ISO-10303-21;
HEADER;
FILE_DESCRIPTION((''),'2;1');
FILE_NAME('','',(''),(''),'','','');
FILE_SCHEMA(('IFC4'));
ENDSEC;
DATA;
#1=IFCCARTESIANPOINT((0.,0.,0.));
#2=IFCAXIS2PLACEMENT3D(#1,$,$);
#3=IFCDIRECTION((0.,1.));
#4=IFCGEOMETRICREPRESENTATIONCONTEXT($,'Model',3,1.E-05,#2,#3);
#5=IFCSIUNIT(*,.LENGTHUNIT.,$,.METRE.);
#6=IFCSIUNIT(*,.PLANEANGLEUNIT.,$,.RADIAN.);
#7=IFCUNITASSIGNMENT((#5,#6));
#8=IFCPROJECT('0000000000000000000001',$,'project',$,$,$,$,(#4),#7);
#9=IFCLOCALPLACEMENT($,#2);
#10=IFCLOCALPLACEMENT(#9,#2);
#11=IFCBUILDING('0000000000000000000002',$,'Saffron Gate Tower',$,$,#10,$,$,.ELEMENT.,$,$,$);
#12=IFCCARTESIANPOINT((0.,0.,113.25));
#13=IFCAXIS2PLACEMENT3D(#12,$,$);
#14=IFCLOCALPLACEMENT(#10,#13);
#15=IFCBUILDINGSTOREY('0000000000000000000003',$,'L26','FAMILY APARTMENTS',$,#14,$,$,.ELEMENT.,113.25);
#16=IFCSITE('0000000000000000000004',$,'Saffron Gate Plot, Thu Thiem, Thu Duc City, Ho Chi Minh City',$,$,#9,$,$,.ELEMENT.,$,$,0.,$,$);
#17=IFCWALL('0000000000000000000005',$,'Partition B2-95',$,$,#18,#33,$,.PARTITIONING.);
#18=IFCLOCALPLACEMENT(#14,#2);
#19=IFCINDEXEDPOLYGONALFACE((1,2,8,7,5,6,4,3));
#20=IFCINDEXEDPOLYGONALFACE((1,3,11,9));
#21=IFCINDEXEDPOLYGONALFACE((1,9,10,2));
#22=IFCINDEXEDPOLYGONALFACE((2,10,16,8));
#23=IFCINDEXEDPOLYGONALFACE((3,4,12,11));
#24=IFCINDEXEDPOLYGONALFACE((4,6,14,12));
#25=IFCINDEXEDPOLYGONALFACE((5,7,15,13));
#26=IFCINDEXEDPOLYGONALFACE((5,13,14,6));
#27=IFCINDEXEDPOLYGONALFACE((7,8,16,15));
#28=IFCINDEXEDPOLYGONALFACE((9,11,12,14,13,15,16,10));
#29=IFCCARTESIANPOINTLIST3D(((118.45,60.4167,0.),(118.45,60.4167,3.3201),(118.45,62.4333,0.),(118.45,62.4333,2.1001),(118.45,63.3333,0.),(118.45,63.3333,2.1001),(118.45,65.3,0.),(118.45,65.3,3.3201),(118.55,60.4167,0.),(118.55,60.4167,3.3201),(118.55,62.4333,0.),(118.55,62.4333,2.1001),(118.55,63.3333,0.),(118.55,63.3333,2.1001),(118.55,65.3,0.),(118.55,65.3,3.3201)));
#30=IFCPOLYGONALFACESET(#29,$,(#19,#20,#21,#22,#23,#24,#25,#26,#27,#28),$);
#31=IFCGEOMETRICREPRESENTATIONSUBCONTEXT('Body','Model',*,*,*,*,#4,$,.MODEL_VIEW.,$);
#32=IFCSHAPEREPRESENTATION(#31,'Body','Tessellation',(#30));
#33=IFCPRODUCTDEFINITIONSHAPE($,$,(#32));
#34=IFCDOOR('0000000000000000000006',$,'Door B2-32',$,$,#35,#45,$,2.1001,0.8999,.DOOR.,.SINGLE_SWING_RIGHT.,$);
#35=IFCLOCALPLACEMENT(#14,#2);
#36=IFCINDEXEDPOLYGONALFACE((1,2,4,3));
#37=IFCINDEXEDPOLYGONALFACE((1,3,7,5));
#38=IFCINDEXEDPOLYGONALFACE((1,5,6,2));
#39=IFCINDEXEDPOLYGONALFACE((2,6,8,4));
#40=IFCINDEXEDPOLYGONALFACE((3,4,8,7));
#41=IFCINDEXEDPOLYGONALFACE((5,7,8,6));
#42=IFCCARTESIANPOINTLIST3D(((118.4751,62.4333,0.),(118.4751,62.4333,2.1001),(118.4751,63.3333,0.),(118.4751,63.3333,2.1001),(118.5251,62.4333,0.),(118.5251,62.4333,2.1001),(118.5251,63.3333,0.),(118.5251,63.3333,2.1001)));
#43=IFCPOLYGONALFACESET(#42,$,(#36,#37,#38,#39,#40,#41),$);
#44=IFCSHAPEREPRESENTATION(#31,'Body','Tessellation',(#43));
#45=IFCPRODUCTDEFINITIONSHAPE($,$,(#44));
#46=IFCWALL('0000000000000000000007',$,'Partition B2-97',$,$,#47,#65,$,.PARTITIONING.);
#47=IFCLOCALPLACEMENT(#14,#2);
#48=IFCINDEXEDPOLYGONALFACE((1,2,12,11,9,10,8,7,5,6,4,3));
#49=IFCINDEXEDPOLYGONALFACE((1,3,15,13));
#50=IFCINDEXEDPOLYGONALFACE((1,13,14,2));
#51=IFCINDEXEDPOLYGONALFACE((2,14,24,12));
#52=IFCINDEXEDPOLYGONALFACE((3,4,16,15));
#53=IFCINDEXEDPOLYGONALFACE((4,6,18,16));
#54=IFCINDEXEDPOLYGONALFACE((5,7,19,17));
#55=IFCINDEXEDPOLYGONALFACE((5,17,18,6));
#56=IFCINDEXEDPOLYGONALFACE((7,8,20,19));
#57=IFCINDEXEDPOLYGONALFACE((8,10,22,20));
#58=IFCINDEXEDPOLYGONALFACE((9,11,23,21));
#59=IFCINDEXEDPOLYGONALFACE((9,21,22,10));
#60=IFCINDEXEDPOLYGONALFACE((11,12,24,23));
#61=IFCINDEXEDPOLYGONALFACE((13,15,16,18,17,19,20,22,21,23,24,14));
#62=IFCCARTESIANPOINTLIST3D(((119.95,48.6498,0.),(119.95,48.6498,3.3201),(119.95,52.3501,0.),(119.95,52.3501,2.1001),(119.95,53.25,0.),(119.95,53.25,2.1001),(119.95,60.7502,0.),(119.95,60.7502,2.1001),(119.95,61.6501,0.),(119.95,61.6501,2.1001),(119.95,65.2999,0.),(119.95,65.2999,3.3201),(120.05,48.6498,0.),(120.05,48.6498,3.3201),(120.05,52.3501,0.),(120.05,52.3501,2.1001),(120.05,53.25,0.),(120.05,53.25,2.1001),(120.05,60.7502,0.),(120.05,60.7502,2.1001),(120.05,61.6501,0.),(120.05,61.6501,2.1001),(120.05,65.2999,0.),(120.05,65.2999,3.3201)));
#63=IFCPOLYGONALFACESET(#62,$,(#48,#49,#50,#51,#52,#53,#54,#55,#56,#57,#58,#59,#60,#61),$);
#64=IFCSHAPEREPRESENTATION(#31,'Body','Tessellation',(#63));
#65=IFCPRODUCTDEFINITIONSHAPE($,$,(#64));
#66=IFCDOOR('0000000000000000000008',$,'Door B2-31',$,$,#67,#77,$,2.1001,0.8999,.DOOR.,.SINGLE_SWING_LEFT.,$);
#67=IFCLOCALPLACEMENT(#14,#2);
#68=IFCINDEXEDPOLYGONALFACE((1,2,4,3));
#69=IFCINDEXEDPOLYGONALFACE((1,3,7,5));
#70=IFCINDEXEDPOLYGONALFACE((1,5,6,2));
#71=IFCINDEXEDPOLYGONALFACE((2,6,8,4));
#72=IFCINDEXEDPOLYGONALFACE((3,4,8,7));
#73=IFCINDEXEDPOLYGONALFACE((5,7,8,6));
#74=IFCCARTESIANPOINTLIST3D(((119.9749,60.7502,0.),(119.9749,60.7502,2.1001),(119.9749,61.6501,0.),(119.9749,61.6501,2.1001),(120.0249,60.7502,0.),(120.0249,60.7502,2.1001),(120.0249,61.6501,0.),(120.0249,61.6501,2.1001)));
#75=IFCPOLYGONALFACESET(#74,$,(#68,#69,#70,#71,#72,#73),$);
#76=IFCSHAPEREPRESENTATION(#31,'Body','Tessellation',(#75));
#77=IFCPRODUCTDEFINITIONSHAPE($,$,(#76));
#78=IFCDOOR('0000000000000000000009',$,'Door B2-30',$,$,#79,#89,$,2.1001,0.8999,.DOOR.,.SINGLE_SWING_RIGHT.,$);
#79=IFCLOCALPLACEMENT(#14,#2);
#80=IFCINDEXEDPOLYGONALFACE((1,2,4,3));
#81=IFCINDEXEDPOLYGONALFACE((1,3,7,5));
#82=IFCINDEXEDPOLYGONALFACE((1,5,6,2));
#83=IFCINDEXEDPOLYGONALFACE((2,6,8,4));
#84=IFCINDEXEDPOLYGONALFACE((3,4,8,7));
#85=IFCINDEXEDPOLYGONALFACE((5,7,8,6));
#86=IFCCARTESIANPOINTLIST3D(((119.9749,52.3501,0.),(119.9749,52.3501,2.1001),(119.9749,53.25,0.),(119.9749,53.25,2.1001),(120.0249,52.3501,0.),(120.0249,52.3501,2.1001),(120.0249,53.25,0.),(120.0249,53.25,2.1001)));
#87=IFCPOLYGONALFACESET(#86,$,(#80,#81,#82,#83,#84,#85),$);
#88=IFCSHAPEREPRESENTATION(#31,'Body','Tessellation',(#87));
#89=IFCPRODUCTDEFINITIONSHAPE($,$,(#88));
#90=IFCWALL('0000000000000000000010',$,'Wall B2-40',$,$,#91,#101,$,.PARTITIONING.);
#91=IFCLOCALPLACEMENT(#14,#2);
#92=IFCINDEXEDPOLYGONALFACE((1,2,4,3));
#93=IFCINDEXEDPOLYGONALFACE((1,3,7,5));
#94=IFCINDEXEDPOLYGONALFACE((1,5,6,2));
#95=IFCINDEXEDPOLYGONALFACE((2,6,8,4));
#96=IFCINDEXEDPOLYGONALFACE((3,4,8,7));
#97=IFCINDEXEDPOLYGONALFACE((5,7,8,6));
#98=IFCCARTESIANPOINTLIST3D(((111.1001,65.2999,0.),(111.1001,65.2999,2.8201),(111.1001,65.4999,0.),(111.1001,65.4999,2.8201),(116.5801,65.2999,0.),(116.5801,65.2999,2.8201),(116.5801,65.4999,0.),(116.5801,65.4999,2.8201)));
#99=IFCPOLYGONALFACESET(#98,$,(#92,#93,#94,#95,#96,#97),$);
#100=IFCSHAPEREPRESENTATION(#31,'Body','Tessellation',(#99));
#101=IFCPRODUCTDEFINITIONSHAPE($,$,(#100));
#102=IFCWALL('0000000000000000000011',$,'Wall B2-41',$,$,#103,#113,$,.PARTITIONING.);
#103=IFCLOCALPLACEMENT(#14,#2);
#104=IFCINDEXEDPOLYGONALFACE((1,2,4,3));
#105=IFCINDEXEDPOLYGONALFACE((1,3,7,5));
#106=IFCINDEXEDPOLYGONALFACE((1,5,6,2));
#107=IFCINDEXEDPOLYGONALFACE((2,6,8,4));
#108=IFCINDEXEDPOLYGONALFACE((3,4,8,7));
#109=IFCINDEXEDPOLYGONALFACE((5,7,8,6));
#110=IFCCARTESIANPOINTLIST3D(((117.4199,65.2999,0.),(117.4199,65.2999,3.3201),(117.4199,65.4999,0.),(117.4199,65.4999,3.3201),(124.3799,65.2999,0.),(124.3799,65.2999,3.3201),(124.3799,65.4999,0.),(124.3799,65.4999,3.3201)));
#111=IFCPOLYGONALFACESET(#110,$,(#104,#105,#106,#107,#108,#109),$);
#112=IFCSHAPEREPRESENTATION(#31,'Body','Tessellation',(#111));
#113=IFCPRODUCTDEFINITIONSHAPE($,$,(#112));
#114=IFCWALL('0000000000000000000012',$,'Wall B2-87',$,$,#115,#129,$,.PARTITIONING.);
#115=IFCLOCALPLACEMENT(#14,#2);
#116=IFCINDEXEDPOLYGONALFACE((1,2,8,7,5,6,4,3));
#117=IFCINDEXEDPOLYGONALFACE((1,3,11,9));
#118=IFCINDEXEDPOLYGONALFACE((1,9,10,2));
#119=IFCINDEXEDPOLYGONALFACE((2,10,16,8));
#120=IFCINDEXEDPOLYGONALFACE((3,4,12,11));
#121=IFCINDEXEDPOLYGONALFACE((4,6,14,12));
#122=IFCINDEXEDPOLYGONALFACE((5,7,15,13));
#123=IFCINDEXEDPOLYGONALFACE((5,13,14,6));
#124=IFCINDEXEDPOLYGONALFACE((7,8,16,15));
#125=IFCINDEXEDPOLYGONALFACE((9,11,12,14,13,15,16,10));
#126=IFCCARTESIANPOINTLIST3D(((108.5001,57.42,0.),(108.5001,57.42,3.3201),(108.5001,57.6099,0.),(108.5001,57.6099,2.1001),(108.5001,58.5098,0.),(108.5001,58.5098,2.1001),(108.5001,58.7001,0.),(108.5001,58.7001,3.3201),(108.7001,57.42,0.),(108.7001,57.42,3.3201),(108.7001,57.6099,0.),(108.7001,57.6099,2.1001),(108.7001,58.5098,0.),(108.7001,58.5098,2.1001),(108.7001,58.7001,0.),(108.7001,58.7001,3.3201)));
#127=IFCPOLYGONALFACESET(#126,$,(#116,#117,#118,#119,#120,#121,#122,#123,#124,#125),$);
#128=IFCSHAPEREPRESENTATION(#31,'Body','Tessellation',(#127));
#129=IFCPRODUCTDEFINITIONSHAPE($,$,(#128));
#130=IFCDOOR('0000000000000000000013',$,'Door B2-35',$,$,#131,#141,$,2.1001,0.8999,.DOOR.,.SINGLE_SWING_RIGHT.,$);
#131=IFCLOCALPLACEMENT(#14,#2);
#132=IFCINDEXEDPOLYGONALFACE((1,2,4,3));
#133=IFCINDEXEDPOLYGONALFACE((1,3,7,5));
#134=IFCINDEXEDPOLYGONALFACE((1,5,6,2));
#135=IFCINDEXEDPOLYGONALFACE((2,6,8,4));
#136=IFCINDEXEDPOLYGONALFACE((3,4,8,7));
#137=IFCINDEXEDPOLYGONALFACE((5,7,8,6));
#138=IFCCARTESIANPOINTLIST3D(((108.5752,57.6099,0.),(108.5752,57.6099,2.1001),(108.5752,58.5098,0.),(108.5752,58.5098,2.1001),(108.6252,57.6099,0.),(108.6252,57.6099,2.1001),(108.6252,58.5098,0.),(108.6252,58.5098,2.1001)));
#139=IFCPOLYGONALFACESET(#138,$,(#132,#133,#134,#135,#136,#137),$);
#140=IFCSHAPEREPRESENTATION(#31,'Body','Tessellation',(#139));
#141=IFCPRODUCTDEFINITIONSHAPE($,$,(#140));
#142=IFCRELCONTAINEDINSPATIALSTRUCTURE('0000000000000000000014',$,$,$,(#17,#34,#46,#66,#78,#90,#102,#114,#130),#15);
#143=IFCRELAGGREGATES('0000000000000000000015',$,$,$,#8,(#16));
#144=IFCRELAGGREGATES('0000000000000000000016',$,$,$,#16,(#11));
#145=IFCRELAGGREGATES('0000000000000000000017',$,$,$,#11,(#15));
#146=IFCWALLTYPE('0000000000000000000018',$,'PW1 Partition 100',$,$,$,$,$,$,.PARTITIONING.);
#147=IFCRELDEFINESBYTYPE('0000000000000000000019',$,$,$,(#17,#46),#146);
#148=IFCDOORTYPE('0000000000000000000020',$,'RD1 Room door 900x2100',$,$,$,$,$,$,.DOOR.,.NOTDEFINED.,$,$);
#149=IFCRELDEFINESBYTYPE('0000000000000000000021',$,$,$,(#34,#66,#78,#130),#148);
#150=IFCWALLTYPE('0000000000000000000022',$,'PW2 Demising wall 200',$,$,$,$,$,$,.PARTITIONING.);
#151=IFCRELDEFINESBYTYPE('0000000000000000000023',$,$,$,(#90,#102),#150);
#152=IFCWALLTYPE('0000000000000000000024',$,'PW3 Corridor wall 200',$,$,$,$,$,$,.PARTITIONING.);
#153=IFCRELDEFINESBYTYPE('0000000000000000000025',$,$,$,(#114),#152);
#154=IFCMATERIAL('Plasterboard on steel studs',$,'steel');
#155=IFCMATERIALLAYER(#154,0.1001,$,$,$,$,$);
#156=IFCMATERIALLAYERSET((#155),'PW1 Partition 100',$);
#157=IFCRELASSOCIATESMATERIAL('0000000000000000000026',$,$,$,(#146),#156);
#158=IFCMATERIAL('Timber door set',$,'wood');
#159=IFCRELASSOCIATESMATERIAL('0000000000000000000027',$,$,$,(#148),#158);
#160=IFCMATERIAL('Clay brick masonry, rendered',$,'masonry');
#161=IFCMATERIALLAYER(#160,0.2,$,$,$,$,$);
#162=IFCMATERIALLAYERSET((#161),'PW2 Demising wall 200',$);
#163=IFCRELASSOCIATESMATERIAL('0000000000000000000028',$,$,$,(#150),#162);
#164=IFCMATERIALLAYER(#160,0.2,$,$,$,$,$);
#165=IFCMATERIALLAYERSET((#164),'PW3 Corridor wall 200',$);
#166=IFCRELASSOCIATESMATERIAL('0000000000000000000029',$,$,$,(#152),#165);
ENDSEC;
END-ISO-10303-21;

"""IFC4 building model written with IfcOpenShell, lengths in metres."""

from ifc_helpers import new_model, si_unit, direction, frame, frame_2d, origin, place, context, subcontext, project, spatial, rectangle, extrude, material, layer, layer_set, type_object, element, fill, save


model = new_model("IFC4")

# Units and contexts
model_context = context("Model", 3, precision=1e-05, world=origin(), true_north=direction((0.0, 1.0)))
body_context = subcontext(model_context, "Body", "Model", "MODEL_VIEW")
ifc_project = project(units=[si_unit("LENGTHUNIT", "METRE"), si_unit("PLANEANGLEUNIT", "RADIAN")], contexts=[model_context])

# Site, building, storey
site_placement = place(None, origin())
site = spatial("IfcSite", under=ifc_project, at=site_placement, Name="Saffron Gate Plot, Thu Thiem, Thu Duc City, Ho Chi Minh City", CompositionType="ELEMENT", RefElevation=0.0)
building_placement = place(site_placement, origin())
building = spatial("IfcBuilding", under=site, at=building_placement, Name="Saffron Gate Tower", CompositionType="ELEMENT")
storey_placement = place(building_placement, frame((0.0, 0.0, 113.25)))
storey = spatial("IfcBuildingStorey", under=building, at=storey_placement, Name="L26", Description="FAMILY APARTMENTS", CompositionType="ELEMENT", Elevation=113.25)

# Shared definitions
ifc_material_1 = material(Name="Plasterboard on steel studs", Category="steel")
ifc_layer_1 = layer(ifc_material_1, 0.1001)
ifc_layer_set_1 = layer_set([ifc_layer_1], Name="PW1 Partition 100")
wall_type_1 = type_object("IfcWallType", Name="PW1 Partition 100", PredefinedType="PARTITIONING", material=ifc_layer_set_1)

# Wall, opening, door
wall_1_placement = place(storey_placement, frame((118.5, 60.4167, 0.0), z_axis=(0.0, 0.0, 1.0), x_axis=(0.0, 1.0, 0.0)))
wall_1 = element("IfcWall", 1, at=wall_1_placement, inside=storey, type_object=wall_type_1, Name="Partition B2-95", PredefinedType="PARTITIONING", context=body_context, shape_type="SweptSolid", body=[
    extrude(rectangle(XDim=4.8833, YDim=0.1001, at=frame_2d((2.4417, 0.0))), origin(), (0.0, 0.0, 1.0), 3.3201),
])
opening_1_placement = place(wall_1_placement, frame((2.0166, 0.0, 0.0)))
opening_1 = element("IfcOpeningElement", 2, at=opening_1_placement, cuts=wall_1, PredefinedType="OPENING", context=body_context, shape_type="SweptSolid", body=[
    extrude(rectangle(XDim=0.8999, YDim=2.1001, at=frame_2d((0.45, 1.05))), frame((0.0, 0.0601, 0.0), z_axis=(0.0, -1.0, 0.0), x_axis=(1.0, 0.0, 0.0)), (0.0, 0.0, 1.0), 0.1201),
])
ifc_material_2 = material(Name="Timber door set", Category="wood")
door_type = type_object("IfcDoorType", Name="RD1 Room door 900x2100", OperationType="NOTDEFINED", PredefinedType="DOOR", material=ifc_material_2)
door_1_placement = place(opening_1_placement, origin())
door_1 = element("IfcDoor", 3, at=door_1_placement, inside=storey, type_object=door_type, Name="Door B2-32", OperationType="SINGLE_SWING_RIGHT", OverallHeight=2.1001, OverallWidth=0.8999, PredefinedType="DOOR", context=body_context, shape_type="SweptSolid", body=[
    extrude(rectangle(XDim=0.8999, YDim=2.1001, at=frame_2d((0.45, 1.05))), frame((0.0, 0.0249, 0.0), z_axis=(0.0, -1.0, 0.0), x_axis=(1.0, 0.0, 0.0)), (0.0, 0.0, 1.0), 0.05),
])
fill(opening_1, door_1)

# Wall, openings, doors
wall_2_placement = place(storey_placement, frame((120.0, 65.3, 0.0), z_axis=(0.0, 0.0, 1.0), x_axis=(0.0, -1.0, 0.0)))
wall_2 = element("IfcWall", 4, at=wall_2_placement, inside=storey, type_object=wall_type_1, Name="Partition B2-97", PredefinedType="PARTITIONING", context=body_context, shape_type="SweptSolid", body=[
    extrude(rectangle(XDim=16.6501, YDim=0.1001, at=frame_2d((8.3252, 0.0))), origin(), (0.0, 0.0, 1.0), 3.3201),
])
opening_2_placement = place(wall_2_placement, frame((3.6499, 0.0, 0.0)))
opening_2 = element("IfcOpeningElement", 5, at=opening_2_placement, cuts=wall_2, PredefinedType="OPENING", context=body_context, shape_type="SweptSolid", body=[
    extrude(rectangle(XDim=0.8999, YDim=2.1001, at=frame_2d((0.45, 1.05))), frame((0.0, 0.0601, 0.0), z_axis=(0.0, -1.0, 0.0), x_axis=(1.0, 0.0, 0.0)), (0.0, 0.0, 1.0), 0.1201),
])
opening_3_placement = place(wall_2_placement, frame((12.05, 0.0, 0.0)))
opening_3 = element("IfcOpeningElement", 6, at=opening_3_placement, cuts=wall_2, PredefinedType="OPENING", context=body_context, shape_type="SweptSolid", body=[
    extrude(rectangle(XDim=0.8999, YDim=2.1001, at=frame_2d((0.45, 1.05))), frame((0.0, 0.0601, 0.0), z_axis=(0.0, -1.0, 0.0), x_axis=(1.0, 0.0, 0.0)), (0.0, 0.0, 1.0), 0.1201),
])
door_2_placement = place(opening_2_placement, origin())
door_2 = element("IfcDoor", 7, at=door_2_placement, inside=storey, type_object=door_type, Name="Door B2-31", OperationType="SINGLE_SWING_LEFT", OverallHeight=2.1001, OverallWidth=0.8999, PredefinedType="DOOR", context=body_context, shape_type="SweptSolid", body=[
    extrude(rectangle(XDim=0.8999, YDim=2.1001, at=frame_2d((0.45, 1.05))), frame((0.0, 0.0249, 0.0), z_axis=(0.0, -1.0, 0.0), x_axis=(1.0, 0.0, 0.0)), (0.0, 0.0, 1.0), 0.05),
])
fill(opening_2, door_2)
door_3_placement = place(opening_3_placement, origin())
door_3 = element("IfcDoor", 8, at=door_3_placement, inside=storey, type_object=door_type, Name="Door B2-30", OperationType="SINGLE_SWING_RIGHT", OverallHeight=2.1001, OverallWidth=0.8999, PredefinedType="DOOR", context=body_context, shape_type="SweptSolid", body=[
    extrude(rectangle(XDim=0.8999, YDim=2.1001, at=frame_2d((0.45, 1.05))), frame((0.0, 0.0249, 0.0), z_axis=(0.0, -1.0, 0.0), x_axis=(1.0, 0.0, 0.0)), (0.0, 0.0, 1.0), 0.05),
])
fill(opening_3, door_3)

# Walls
ifc_material_3 = material(Name="Clay brick masonry, rendered", Category="masonry")
ifc_layer_2 = layer(ifc_material_3, 0.2)
ifc_layer_set_2 = layer_set([ifc_layer_2], Name="PW2 Demising wall 200")
wall_type_2 = type_object("IfcWallType", Name="PW2 Demising wall 200", PredefinedType="PARTITIONING", material=ifc_layer_set_2)
wall_3_placement = place(storey_placement, frame((111.1001, 65.3999, 0.0), z_axis=(0.0, 0.0, 1.0), x_axis=(1.0, 0.0, 0.0)))
element("IfcWall", 9, at=wall_3_placement, inside=storey, type_object=wall_type_2, Name="Wall B2-40", PredefinedType="PARTITIONING", context=body_context, shape_type="SweptSolid", body=[
    extrude(rectangle(XDim=5.48, YDim=0.2, at=frame_2d((2.74, 0.0))), origin(), (0.0, 0.0, 1.0), 2.8201),
])
wall_4_placement = place(storey_placement, frame((117.4199, 65.3999, 0.0), z_axis=(0.0, 0.0, 1.0), x_axis=(1.0, 0.0, 0.0)))
element("IfcWall", 10, at=wall_4_placement, inside=storey, type_object=wall_type_2, Name="Wall B2-41", PredefinedType="PARTITIONING", context=body_context, shape_type="SweptSolid", body=[
    extrude(rectangle(XDim=6.96, YDim=0.2, at=frame_2d((3.48, 0.0))), origin(), (0.0, 0.0, 1.0), 3.3201),
])

# Wall, opening, door
ifc_layer_3 = layer(ifc_material_3, 0.2)
ifc_layer_set_3 = layer_set([ifc_layer_3], Name="PW3 Corridor wall 200")
wall_type_3 = type_object("IfcWallType", Name="PW3 Corridor wall 200", PredefinedType="PARTITIONING", material=ifc_layer_set_3)
wall_5_placement = place(storey_placement, frame((108.6001, 57.4199, 0.0), z_axis=(0.0, 0.0, 1.0), x_axis=(0.0, 1.0, 0.0)))
wall_5 = element("IfcWall", 11, at=wall_5_placement, inside=storey, type_object=wall_type_3, Name="Wall B2-87", PredefinedType="PARTITIONING", context=body_context, shape_type="SweptSolid", body=[
    extrude(rectangle(XDim=1.28, YDim=0.2, at=frame_2d((0.6401, 0.0))), origin(), (0.0, 0.0, 1.0), 3.3201),
])
opening_4_placement = place(wall_5_placement, frame((0.1899, 0.0, 0.0)))
opening_4 = element("IfcOpeningElement", 12, at=opening_4_placement, cuts=wall_5, PredefinedType="OPENING", context=body_context, shape_type="SweptSolid", body=[
    extrude(rectangle(XDim=0.8999, YDim=2.1001, at=frame_2d((0.45, 1.05))), frame((0.0, 0.1099, 0.0), z_axis=(0.0, -1.0, 0.0), x_axis=(1.0, 0.0, 0.0)), (0.0, 0.0, 1.0), 0.22),
])
door_4_placement = place(opening_4_placement, origin())
door_4 = element("IfcDoor", 13, at=door_4_placement, inside=storey, type_object=door_type, Name="Door B2-35", OperationType="SINGLE_SWING_RIGHT", OverallHeight=2.1001, OverallWidth=0.8999, PredefinedType="DOOR", context=body_context, shape_type="SweptSolid", body=[
    extrude(rectangle(XDim=0.8999, YDim=2.1001, at=frame_2d((0.45, 1.05))), frame((0.0, 0.0249, 0.0), z_axis=(0.0, -1.0, 0.0), x_axis=(1.0, 0.0, 0.0)), (0.0, 0.0, 1.0), 0.05),
])
fill(opening_4, door_4)

save(model, "model.ifc")
